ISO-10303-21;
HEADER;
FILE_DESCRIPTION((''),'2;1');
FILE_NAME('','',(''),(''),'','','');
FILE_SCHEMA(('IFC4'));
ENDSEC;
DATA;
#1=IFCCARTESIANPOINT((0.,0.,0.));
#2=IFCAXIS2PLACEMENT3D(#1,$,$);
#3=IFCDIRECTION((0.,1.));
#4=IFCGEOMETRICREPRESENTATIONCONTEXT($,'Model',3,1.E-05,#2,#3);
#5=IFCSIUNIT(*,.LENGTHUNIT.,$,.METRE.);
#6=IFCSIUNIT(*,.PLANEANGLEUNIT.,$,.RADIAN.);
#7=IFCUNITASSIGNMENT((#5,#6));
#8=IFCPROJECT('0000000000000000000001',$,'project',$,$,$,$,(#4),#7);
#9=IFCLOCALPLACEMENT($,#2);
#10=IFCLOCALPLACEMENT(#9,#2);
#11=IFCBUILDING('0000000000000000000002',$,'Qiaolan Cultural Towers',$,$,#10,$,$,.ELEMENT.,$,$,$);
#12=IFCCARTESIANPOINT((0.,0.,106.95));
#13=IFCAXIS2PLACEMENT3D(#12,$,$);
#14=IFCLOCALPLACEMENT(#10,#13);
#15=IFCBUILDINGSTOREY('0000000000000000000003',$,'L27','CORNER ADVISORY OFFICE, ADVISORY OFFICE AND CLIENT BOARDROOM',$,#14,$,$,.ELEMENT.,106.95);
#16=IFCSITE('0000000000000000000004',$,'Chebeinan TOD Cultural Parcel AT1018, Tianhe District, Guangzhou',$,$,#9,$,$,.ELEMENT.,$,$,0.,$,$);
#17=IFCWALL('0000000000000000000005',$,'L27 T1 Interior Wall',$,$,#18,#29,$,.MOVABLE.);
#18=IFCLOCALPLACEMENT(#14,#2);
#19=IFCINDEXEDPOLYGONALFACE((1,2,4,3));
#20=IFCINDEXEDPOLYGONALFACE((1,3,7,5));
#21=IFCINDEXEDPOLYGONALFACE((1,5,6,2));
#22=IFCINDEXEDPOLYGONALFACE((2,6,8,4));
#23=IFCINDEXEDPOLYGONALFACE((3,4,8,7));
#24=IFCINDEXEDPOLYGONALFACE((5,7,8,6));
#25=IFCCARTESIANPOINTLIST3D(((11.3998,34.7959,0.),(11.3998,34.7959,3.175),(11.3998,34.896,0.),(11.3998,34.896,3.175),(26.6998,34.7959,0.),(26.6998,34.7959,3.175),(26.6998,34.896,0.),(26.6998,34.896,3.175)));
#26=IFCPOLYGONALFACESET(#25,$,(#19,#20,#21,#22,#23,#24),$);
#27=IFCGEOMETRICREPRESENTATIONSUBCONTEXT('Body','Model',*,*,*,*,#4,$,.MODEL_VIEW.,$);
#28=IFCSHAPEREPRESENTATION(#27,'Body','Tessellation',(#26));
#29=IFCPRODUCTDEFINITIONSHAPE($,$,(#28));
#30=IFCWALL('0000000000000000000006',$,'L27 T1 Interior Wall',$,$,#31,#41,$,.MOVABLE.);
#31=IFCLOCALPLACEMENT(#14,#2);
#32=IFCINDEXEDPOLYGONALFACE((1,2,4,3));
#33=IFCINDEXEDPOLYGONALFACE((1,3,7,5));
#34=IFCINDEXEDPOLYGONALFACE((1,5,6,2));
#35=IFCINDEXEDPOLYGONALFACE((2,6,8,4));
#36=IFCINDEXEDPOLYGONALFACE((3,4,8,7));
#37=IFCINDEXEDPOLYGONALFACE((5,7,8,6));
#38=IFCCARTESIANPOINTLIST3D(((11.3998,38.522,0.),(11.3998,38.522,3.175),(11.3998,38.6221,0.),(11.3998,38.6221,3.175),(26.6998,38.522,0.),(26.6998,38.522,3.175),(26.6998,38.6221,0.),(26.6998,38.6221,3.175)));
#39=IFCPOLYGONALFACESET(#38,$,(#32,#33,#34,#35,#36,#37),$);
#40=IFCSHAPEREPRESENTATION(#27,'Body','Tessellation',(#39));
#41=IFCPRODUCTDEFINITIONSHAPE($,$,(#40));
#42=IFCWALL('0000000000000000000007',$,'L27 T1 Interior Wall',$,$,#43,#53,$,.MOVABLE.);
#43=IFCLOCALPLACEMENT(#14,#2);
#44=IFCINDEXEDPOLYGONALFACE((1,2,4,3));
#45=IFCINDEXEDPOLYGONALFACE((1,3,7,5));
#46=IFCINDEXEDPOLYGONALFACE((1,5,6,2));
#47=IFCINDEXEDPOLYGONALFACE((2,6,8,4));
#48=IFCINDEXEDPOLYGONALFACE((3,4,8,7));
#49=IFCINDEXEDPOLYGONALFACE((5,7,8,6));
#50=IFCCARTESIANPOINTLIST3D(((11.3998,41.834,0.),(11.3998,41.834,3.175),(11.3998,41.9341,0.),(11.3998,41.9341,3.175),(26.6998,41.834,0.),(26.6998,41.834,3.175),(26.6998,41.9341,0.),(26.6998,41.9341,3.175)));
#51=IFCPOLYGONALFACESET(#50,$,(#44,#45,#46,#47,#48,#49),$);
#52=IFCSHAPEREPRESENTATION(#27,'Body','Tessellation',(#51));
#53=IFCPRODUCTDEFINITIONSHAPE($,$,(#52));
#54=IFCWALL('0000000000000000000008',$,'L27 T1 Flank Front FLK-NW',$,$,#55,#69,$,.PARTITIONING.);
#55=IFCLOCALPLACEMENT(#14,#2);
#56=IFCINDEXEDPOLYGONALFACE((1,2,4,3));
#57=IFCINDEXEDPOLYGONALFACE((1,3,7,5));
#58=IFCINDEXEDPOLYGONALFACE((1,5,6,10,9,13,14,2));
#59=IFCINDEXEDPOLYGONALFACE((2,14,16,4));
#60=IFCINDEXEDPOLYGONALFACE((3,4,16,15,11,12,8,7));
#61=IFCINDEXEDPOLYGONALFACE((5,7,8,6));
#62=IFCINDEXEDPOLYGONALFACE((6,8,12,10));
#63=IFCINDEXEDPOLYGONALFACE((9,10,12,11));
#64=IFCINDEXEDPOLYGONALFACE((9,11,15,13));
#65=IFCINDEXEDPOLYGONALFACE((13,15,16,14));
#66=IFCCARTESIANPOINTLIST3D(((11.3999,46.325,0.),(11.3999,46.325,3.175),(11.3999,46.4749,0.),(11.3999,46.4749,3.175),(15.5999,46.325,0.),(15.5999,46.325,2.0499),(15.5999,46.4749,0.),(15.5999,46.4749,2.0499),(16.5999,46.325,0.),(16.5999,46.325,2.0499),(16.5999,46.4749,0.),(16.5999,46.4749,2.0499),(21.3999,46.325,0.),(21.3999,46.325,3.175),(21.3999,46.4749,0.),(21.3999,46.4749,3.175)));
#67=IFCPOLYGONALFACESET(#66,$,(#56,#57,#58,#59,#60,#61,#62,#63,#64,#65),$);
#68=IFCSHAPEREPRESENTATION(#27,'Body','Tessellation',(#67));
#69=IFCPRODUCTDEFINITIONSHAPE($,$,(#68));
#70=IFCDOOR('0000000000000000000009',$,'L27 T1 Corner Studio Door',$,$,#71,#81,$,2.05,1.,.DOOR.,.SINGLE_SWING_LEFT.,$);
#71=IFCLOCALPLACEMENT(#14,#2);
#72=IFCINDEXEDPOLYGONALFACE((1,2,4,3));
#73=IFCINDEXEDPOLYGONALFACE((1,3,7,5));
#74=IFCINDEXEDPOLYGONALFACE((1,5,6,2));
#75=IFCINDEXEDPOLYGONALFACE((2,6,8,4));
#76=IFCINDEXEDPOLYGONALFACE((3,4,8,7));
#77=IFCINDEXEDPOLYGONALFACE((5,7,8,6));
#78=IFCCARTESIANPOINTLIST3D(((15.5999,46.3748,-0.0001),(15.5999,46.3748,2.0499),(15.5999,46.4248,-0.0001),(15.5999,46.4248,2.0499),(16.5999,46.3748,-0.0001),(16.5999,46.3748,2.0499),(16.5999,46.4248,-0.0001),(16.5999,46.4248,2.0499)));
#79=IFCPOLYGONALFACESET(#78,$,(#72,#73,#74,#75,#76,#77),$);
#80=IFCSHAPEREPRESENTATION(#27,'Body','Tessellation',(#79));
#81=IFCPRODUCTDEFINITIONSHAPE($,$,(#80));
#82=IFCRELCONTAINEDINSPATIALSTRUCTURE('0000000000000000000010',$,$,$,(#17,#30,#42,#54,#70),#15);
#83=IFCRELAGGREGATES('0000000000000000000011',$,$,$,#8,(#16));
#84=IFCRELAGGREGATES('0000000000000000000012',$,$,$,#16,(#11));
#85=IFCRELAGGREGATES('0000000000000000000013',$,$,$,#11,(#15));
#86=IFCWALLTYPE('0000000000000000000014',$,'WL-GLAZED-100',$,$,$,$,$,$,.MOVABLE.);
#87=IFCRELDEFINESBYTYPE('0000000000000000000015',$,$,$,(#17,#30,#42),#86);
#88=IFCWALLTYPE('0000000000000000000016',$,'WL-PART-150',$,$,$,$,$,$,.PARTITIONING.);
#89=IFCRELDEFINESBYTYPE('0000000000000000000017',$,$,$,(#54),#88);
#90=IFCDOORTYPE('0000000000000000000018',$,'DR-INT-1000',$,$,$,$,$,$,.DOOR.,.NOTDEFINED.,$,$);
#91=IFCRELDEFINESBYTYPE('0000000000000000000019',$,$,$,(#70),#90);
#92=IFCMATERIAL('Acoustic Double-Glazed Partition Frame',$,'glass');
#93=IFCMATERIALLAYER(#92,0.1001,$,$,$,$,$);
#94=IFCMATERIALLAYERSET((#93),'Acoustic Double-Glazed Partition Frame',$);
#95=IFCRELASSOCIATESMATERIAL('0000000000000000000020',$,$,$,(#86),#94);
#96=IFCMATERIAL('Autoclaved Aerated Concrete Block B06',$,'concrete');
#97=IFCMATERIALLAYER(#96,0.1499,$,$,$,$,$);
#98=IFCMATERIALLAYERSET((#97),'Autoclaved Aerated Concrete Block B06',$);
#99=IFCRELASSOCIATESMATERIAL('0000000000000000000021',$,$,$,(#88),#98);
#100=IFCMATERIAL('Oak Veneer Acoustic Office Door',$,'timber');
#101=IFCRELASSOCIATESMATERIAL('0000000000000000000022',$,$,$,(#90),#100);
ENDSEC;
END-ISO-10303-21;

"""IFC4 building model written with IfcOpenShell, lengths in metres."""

from ifc_helpers import new_model, si_unit, direction, frame, frame_2d, origin, place, context, subcontext, project, spatial, rectangle, extrude, material, layer, layer_set, type_object, element, fill, save


model = new_model("IFC4")

# Units and contexts
model_context = context("Model", 3, precision=1e-05, world=origin(), true_north=direction((0.0, 1.0)))
body_context = subcontext(model_context, "Body", "Model", "MODEL_VIEW")
ifc_project = project(units=[si_unit("LENGTHUNIT", "METRE"), si_unit("PLANEANGLEUNIT", "RADIAN")], contexts=[model_context])

# Site, building, storey
site_placement = place(None, origin())
site = spatial("IfcSite", under=ifc_project, at=site_placement, Name="Chebeinan TOD Cultural Parcel AT1018, Tianhe District, Guangzhou", CompositionType="ELEMENT", RefElevation=0.0)
building_placement = place(site_placement, origin())
building = spatial("IfcBuilding", under=site, at=building_placement, Name="Qiaolan Cultural Towers", CompositionType="ELEMENT")
storey_placement = place(building_placement, frame((0.0, 0.0, 106.95)))
storey = spatial("IfcBuildingStorey", under=building, at=storey_placement, Name="L27", Description="CORNER ADVISORY OFFICE, ADVISORY OFFICE AND CLIENT BOARDROOM", CompositionType="ELEMENT", Elevation=106.95)

# Walls
ifc_material_1 = material(Name="Acoustic Double-Glazed Partition Frame", Category="glass")
ifc_layer_1 = layer(ifc_material_1, 0.1001)
ifc_layer_set_1 = layer_set([ifc_layer_1], Name="Acoustic Double-Glazed Partition Frame")
wall_type_1 = type_object("IfcWallType", Name="WL-GLAZED-100", PredefinedType="MOVABLE", material=ifc_layer_set_1)
for number, where, z_axis, x_axis, name in (
    (1, (11.3999, 34.8459, 0.0), (0.0, 0.0, 1.0), (1.0, 0.0, 0.0), "L27 T1 Interior Wall"),
    (2, (11.3999, 38.572, 0.0), (0.0, 0.0, 1.0), (1.0, 0.0, 0.0), "L27 T1 Interior Wall"),
    (3, (11.3999, 41.884, 0.0), (0.0, 0.0, 1.0), (1.0, 0.0, 0.0), "L27 T1 Interior Wall"),
):
    element("IfcWall", number, at=place(storey_placement, frame(where, z_axis=z_axis, x_axis=x_axis)), inside=storey, type_object=wall_type_1, Name=name, PredefinedType="MOVABLE", context=body_context, shape_type="SweptSolid", body=[
        extrude(rectangle(XDim=15.3, YDim=0.1001, at=frame_2d((7.6499, 0.0))), origin(), (0.0, 0.0, 1.0), 3.175),
    ])

# Wall, opening, door
ifc_material_2 = material(Name="Autoclaved Aerated Concrete Block B06", Category="concrete")
ifc_layer_2 = layer(ifc_material_2, 0.1499)
ifc_layer_set_2 = layer_set([ifc_layer_2], Name="Autoclaved Aerated Concrete Block B06")
wall_type_2 = type_object("IfcWallType", Name="WL-PART-150", PredefinedType="PARTITIONING", material=ifc_layer_set_2)
wall_1_placement = place(storey_placement, frame((11.3999, 46.3999, 0.0), z_axis=(0.0, 0.0, 1.0), x_axis=(1.0, 0.0, 0.0)))
wall_1 = element("IfcWall", 4, at=wall_1_placement, inside=storey, type_object=wall_type_2, Name="L27 T1 Flank Front FLK-NW", PredefinedType="PARTITIONING", context=body_context, shape_type="SweptSolid", body=[
    extrude(rectangle(XDim=10.0, YDim=0.1499, at=frame_2d((5.0, 0.0))), origin(), (0.0, 0.0, 1.0), 3.175),
])
opening_1_placement = place(wall_1_placement, frame((4.2, 0.0, 0.0)))
opening_1 = element("IfcOpeningElement", 5, at=opening_1_placement, cuts=wall_1, PredefinedType="OPENING", context=body_context, shape_type="SweptSolid", body=[
    extrude(rectangle(XDim=1.0, YDim=2.05, at=frame_2d((0.5, 1.0249))), frame((0.0, 0.085, 0.0), z_axis=(0.0, -1.0, 0.0), x_axis=(1.0, 0.0, 0.0)), (0.0, 0.0, 1.0), 0.1699),
])
ifc_material_3 = material(Name="Oak Veneer Acoustic Office Door", Category="timber")
door_type_1 = type_object("IfcDoorType", Name="DR-INT-1000", OperationType="NOTDEFINED", PredefinedType="DOOR", material=ifc_material_3)
door_1_placement = place(opening_1_placement, origin())
door_1 = element("IfcDoor", 6, at=door_1_placement, inside=storey, type_object=door_type_1, Name="L27 T1 Corner Studio Door", OperationType="SINGLE_SWING_LEFT", OverallHeight=2.05, OverallWidth=1.0, PredefinedType="DOOR", context=body_context, shape_type="SweptSolid", body=[
    extrude(rectangle(XDim=1.0, YDim=2.05, at=frame_2d((0.5, 1.0249))), frame((0.0, 0.0249, 0.0), z_axis=(0.0, -1.0, 0.0), x_axis=(1.0, 0.0, 0.0)), (0.0, 0.0, 1.0), 0.05),
])
fill(opening_1, door_1)

save(model, "model.ifc")
